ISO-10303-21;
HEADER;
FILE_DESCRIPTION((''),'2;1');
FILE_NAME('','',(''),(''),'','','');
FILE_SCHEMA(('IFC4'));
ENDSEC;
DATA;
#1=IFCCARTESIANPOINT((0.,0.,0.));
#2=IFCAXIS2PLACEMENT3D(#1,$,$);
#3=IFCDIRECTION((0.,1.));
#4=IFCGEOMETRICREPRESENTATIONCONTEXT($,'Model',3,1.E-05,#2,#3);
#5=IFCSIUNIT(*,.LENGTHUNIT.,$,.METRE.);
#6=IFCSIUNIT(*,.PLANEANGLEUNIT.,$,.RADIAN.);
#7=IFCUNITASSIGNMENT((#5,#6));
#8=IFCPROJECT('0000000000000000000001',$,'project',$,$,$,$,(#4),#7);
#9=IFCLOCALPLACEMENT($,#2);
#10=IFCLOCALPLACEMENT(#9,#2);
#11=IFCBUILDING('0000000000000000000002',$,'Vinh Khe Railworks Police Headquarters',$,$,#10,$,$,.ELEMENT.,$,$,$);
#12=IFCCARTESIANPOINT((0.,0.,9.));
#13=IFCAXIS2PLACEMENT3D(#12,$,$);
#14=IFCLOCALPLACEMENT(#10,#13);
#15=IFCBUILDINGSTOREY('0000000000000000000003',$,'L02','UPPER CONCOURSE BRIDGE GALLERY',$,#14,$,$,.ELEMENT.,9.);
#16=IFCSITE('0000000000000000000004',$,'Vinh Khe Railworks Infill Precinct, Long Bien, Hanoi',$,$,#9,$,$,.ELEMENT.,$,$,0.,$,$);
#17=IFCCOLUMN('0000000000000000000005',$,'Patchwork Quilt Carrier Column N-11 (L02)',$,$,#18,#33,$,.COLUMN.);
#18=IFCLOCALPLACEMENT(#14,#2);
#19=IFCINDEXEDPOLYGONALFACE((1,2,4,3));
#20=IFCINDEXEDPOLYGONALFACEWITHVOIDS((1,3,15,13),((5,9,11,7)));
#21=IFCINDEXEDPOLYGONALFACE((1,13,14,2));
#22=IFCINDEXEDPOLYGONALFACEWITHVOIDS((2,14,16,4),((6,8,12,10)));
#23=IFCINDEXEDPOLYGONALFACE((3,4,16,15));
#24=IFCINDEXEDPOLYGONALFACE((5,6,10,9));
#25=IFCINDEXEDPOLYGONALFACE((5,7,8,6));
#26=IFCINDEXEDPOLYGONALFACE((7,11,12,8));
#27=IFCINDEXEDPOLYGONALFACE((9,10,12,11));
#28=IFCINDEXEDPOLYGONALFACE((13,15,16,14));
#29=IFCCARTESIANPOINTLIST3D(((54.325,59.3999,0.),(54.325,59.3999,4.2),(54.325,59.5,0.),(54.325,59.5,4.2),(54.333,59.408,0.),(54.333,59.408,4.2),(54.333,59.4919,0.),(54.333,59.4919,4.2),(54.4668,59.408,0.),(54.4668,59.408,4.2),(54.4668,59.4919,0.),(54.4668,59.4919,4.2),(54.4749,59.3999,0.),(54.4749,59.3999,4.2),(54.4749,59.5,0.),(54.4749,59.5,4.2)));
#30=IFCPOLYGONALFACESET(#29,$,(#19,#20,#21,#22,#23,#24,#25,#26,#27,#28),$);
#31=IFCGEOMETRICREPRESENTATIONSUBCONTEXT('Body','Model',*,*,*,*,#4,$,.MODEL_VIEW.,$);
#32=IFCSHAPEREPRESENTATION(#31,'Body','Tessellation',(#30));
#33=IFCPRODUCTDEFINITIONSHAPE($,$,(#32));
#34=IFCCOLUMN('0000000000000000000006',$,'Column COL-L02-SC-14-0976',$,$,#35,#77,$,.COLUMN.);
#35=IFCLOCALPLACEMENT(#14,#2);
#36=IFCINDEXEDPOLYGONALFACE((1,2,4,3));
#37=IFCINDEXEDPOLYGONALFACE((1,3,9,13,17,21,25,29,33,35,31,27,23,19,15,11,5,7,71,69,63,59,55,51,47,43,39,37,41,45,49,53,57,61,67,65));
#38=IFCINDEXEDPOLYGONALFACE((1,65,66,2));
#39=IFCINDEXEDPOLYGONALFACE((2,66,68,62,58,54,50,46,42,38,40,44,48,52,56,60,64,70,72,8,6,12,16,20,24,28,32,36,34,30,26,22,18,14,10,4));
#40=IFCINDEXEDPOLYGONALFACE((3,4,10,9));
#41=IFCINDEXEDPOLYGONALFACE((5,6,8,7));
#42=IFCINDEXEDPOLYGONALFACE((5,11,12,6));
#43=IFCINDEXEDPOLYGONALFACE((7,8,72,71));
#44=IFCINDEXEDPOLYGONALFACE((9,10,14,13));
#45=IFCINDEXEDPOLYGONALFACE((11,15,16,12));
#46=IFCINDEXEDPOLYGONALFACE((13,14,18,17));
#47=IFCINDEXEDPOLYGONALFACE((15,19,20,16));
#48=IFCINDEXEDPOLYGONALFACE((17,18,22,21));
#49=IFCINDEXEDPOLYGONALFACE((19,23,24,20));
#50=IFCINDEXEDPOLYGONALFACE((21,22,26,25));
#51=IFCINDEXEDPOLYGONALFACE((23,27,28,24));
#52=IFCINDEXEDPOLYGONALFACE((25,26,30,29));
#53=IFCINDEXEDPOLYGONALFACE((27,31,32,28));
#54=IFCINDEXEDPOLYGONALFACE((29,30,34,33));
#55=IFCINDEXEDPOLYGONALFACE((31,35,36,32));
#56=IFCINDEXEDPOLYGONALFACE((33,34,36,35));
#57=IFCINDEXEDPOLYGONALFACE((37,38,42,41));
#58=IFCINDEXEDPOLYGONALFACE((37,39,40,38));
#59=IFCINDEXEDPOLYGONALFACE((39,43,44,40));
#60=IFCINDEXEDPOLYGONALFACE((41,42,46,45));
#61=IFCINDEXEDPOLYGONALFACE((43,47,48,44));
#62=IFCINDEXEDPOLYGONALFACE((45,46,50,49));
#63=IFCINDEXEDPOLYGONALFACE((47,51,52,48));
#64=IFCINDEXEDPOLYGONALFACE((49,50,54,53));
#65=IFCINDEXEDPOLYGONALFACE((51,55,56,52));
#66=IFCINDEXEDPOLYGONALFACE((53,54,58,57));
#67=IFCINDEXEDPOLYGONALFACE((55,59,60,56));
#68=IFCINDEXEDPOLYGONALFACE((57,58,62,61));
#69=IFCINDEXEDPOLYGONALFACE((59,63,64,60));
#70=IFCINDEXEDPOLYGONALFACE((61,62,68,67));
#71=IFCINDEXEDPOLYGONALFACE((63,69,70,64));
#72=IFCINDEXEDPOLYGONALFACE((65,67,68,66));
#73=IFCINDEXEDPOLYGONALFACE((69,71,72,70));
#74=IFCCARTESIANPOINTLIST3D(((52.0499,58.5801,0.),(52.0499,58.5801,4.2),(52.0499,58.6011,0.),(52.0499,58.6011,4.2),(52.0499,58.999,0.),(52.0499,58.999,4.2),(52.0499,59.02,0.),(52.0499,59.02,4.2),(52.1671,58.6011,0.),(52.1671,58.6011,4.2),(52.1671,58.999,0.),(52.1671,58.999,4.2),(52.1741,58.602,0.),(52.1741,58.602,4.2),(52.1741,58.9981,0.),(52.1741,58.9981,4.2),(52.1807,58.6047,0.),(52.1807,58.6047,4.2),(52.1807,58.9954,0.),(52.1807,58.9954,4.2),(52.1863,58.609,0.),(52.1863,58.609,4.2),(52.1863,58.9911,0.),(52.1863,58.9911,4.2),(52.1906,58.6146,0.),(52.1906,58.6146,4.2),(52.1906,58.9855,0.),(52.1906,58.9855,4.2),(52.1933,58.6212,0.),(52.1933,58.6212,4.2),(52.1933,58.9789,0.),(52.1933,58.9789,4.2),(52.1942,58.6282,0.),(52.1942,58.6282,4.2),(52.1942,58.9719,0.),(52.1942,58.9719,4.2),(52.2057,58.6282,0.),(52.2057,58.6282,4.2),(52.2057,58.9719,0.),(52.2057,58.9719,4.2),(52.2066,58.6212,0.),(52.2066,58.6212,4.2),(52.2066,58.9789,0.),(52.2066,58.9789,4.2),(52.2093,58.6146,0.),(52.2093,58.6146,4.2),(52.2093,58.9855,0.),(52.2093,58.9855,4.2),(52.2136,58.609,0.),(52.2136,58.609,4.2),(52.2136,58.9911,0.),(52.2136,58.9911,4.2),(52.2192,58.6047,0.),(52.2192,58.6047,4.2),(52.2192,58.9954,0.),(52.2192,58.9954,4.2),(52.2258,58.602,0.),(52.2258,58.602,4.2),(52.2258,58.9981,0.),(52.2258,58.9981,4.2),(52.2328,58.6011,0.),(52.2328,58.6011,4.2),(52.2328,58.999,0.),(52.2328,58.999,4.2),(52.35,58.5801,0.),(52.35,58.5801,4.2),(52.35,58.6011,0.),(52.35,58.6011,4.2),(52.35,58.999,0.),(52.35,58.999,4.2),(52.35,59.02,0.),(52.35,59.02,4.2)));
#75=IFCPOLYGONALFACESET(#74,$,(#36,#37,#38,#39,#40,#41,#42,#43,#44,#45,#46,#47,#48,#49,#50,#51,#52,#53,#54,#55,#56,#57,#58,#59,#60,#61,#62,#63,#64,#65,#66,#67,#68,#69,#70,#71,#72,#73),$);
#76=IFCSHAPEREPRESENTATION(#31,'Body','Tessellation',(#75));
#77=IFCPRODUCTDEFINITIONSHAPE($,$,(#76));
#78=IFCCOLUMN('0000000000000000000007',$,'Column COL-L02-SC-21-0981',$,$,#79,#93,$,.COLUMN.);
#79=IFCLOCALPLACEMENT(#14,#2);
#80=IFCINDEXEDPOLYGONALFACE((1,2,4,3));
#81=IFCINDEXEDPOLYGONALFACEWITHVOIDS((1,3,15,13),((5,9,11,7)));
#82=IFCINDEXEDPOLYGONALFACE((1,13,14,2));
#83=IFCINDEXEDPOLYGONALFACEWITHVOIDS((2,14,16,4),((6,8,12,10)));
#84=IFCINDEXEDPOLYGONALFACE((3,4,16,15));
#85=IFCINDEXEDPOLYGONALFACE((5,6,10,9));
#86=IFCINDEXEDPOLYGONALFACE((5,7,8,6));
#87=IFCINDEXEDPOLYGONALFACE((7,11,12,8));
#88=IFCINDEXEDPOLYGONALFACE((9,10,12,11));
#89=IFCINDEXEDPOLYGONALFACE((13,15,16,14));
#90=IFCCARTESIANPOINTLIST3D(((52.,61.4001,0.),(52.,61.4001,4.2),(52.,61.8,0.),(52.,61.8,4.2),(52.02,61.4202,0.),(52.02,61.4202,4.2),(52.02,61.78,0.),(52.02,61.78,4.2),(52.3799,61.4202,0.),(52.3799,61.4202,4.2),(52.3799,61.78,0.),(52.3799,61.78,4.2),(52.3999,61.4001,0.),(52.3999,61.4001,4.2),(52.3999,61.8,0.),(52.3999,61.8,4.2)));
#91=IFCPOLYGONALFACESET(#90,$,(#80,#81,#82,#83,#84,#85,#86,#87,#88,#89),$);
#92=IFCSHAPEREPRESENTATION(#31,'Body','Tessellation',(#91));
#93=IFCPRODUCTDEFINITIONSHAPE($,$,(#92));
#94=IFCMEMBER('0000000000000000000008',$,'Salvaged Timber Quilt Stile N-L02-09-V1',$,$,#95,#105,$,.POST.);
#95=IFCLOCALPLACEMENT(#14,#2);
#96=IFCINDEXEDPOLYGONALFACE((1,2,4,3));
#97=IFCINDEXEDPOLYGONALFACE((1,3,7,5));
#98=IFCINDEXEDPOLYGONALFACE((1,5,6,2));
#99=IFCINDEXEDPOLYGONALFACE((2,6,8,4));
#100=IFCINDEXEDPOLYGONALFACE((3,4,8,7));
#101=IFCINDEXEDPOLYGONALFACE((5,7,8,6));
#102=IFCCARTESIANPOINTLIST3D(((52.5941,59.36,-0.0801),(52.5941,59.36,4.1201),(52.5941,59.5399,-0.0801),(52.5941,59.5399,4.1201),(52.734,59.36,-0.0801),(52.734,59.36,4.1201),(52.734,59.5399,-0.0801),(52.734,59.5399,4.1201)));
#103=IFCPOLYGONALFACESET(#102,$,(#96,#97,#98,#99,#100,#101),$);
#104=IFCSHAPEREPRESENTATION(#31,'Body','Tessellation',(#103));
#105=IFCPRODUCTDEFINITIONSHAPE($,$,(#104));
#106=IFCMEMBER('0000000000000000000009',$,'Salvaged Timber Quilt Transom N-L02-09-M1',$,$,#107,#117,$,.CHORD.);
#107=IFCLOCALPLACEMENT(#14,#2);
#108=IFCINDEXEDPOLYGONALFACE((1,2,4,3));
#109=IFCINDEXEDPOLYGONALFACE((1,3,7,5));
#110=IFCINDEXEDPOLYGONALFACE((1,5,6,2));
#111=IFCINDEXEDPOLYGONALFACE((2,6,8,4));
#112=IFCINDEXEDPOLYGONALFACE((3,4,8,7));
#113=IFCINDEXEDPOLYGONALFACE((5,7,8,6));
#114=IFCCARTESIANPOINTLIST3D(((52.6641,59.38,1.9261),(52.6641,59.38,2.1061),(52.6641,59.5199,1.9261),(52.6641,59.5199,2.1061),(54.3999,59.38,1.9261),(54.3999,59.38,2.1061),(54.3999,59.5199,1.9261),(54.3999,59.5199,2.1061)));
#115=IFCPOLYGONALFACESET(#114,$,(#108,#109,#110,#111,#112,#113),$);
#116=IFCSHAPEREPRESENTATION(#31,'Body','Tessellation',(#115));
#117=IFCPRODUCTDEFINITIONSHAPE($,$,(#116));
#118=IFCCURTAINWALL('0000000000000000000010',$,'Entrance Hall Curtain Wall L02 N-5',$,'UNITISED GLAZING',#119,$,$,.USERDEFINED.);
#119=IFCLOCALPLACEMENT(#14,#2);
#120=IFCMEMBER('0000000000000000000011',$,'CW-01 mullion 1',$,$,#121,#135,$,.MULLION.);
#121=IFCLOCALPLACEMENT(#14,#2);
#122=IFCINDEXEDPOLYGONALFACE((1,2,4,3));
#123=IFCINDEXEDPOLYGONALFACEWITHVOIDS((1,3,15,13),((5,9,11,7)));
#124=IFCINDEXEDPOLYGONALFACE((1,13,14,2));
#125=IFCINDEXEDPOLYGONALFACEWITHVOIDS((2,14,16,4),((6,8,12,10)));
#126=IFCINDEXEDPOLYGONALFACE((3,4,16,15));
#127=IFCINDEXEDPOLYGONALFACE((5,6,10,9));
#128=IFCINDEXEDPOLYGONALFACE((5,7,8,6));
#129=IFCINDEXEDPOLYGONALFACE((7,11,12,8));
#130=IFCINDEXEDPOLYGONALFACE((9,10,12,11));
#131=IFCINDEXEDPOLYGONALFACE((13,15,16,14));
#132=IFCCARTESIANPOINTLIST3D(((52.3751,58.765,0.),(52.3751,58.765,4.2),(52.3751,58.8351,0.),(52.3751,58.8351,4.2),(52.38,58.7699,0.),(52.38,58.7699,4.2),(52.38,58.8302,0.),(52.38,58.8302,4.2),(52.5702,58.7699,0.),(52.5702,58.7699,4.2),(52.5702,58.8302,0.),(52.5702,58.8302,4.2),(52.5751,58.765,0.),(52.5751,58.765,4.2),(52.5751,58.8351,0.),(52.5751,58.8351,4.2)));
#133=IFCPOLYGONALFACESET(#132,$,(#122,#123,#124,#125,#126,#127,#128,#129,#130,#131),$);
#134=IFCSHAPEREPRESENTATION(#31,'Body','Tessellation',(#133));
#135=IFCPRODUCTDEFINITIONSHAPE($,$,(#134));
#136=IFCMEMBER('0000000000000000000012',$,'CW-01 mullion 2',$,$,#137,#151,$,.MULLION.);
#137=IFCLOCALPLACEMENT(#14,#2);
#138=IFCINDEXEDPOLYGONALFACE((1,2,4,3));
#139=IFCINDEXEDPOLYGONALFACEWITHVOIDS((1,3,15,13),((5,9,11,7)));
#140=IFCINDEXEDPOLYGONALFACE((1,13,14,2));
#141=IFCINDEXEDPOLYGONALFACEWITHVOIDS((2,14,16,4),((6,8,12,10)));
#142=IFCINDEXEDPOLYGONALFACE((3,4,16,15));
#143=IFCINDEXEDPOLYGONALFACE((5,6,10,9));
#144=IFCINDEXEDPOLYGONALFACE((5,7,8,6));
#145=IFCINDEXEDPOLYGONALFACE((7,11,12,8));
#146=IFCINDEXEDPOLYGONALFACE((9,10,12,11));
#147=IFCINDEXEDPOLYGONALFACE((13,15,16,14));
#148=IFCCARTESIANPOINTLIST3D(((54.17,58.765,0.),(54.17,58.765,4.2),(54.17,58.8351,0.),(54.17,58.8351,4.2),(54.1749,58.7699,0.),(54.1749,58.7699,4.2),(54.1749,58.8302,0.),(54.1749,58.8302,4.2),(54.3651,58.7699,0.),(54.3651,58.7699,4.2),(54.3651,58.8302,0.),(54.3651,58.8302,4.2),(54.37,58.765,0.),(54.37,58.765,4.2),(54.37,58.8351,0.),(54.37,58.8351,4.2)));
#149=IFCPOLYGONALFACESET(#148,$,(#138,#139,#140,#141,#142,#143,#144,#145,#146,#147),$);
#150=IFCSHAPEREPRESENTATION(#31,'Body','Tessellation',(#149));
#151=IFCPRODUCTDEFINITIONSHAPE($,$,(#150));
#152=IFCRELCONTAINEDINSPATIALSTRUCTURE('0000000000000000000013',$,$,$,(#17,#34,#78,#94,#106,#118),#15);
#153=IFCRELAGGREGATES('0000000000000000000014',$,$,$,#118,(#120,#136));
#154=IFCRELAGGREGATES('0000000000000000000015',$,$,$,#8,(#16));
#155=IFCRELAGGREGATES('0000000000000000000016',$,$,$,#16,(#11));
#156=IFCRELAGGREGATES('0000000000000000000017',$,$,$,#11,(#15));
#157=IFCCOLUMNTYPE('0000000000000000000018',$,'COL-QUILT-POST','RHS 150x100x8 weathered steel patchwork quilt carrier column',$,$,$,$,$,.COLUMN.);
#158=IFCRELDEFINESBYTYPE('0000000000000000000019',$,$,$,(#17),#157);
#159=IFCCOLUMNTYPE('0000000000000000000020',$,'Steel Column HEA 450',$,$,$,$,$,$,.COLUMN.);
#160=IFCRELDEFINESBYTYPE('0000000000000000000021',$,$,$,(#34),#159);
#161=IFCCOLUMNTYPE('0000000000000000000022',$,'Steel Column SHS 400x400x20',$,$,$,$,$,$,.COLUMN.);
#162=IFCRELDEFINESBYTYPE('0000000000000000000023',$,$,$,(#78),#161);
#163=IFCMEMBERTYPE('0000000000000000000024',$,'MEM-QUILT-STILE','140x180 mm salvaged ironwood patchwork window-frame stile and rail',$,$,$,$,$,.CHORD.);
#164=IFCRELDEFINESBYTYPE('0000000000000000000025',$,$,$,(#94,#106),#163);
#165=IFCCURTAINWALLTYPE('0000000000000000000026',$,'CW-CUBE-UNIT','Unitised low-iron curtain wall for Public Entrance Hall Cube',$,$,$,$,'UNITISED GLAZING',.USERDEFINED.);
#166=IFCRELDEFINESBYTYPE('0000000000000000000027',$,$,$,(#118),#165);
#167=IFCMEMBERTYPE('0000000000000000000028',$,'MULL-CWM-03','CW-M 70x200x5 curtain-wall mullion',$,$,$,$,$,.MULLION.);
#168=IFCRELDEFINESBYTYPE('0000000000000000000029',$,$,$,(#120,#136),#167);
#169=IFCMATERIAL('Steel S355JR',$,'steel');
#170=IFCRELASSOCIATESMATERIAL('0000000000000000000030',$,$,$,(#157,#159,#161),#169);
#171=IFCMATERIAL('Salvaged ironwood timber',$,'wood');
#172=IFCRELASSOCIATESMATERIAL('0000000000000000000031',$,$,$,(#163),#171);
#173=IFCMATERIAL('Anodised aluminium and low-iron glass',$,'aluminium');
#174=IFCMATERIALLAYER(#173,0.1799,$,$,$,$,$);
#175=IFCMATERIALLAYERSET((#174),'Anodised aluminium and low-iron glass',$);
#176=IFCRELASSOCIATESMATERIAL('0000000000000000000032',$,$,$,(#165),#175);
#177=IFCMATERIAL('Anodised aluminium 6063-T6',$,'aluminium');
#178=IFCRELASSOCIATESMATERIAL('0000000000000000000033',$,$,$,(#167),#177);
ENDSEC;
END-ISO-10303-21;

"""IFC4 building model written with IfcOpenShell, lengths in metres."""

from ifc_helpers import new_model, si_unit, direction, frame, origin, origin_2d, place, context, subcontext, project, spatial, rectangle, hollow_rectangle, i_section, extrude, material, layer, layer_set, material_profile, profile_set, type_object, element, aggregate, save


model = new_model("IFC4")

# Units and contexts
model_context = context("Model", 3, precision=1e-05, world=origin(), true_north=direction((0.0, 1.0)))
body_context = subcontext(model_context, "Body", "Model", "MODEL_VIEW")
ifc_project = project(units=[si_unit("LENGTHUNIT", "METRE"), si_unit("PLANEANGLEUNIT", "RADIAN")], contexts=[model_context])

# Site, building, storey
site_placement = place(None, origin())
site = spatial("IfcSite", under=ifc_project, at=site_placement, Name="Vinh Khe Railworks Infill Precinct, Long Bien, Hanoi", CompositionType="ELEMENT", RefElevation=0.0)
building_placement = place(site_placement, origin())
building = spatial("IfcBuilding", under=site, at=building_placement, Name="Vinh Khe Railworks Police Headquarters", CompositionType="ELEMENT")
storey_placement = place(building_placement, frame((0.0, 0.0, 9.0)))
storey = spatial("IfcBuildingStorey", under=building, at=storey_placement, Name="L02", Description="UPPER CONCOURSE BRIDGE GALLERY", CompositionType="ELEMENT", Elevation=9.0)

# Columns
ifc_material_1 = material(Name="Steel S355JR", Category="steel")
ifc_material_profile_1 = material_profile(ifc_material_1, hollow_rectangle(XDim=0.1499, YDim=0.1001, WallThickness=0.0081, at=origin_2d()), Name="RHS 150x100x8")
ifc_profile_set_1 = profile_set([ifc_material_profile_1], Name="Steel S355JR")
column_type_1 = type_object("IfcColumnType", Name="COL-QUILT-POST", Description="RHS 150x100x8 weathered steel patchwork quilt carrier column", PredefinedType="COLUMN", material=ifc_profile_set_1)
column_1_placement = place(storey_placement, frame((54.3999, 59.45, 0.0), z_axis=(0.0, 0.0, 1.0), x_axis=(1.0, 0.0, 0.0)))
element("IfcColumn", 1, at=column_1_placement, inside=storey, type_object=column_type_1, Name="Patchwork Quilt Carrier Column N-11 (L02)", PredefinedType="COLUMN", context=body_context, shape_type="SweptSolid", body=[
    extrude(hollow_rectangle(XDim=0.1499, YDim=0.1001, WallThickness=0.0081, at=origin_2d()), origin(), (0.0, 0.0, 1.0), 4.2),
])
ifc_material_profile_2 = material_profile(ifc_material_1, i_section(OverallWidth=0.3, OverallDepth=0.4399, WebThickness=0.0115, FlangeThickness=0.021, FilletRadius=0.0271, at=origin_2d()), Name="HEA 450")
ifc_profile_set_2 = profile_set([ifc_material_profile_2], Name="Steel S355JR")
column_type_2 = type_object("IfcColumnType", Name="Steel Column HEA 450", PredefinedType="COLUMN", material=ifc_profile_set_2)
column_2_placement = place(storey_placement, frame((52.2, 58.8, 0.0), z_axis=(0.0, 0.0, 1.0), x_axis=(1.0, 0.0, 0.0)))
element("IfcColumn", 2, at=column_2_placement, inside=storey, type_object=column_type_2, Name="Column COL-L02-SC-14-0976", PredefinedType="COLUMN", context=body_context, shape_type="SweptSolid", body=[
    extrude(i_section(OverallWidth=0.3, OverallDepth=0.4399, WebThickness=0.0115, FlangeThickness=0.021, FilletRadius=0.0271, at=origin_2d()), origin(), (0.0, 0.0, 1.0), 4.2),
])
ifc_material_profile_3 = material_profile(ifc_material_1, hollow_rectangle(XDim=0.3999, YDim=0.3999, WallThickness=0.02, at=origin_2d()), Name="SHS 400x400x20")
ifc_profile_set_3 = profile_set([ifc_material_profile_3], Name="Steel S355JR")
column_type_3 = type_object("IfcColumnType", Name="Steel Column SHS 400x400x20", PredefinedType="COLUMN", material=ifc_profile_set_3)
column_3_placement = place(storey_placement, frame((52.2, 61.6001, 0.0), z_axis=(0.0, 0.0, 1.0), x_axis=(1.0, 0.0, 0.0)))
element("IfcColumn", 3, at=column_3_placement, inside=storey, type_object=column_type_3, Name="Column COL-L02-SC-21-0981", PredefinedType="COLUMN", context=body_context, shape_type="SweptSolid", body=[
    extrude(hollow_rectangle(XDim=0.3999, YDim=0.3999, WallThickness=0.02, at=origin_2d()), origin(), (0.0, 0.0, 1.0), 4.2),
])

# Members
ifc_material_2 = material(Name="Salvaged ironwood timber", Category="wood")
ifc_material_profile_4 = material_profile(ifc_material_2, rectangle(XDim=0.1399, YDim=0.1799, at=origin_2d()), Name="TIMBER 140x180")
ifc_profile_set_4 = profile_set([ifc_material_profile_4], Name="Salvaged ironwood timber")
member_type_1 = type_object("IfcMemberType", Name="MEM-QUILT-STILE", Description="140x180 mm salvaged ironwood patchwork window-frame stile and rail", PredefinedType="CHORD", material=ifc_profile_set_4)
member_1_placement = place(storey_placement, frame((52.6641, 59.45, -0.0801), z_axis=(0.0, 0.0, 1.0), x_axis=(1.0, 0.0, 0.0)))
element("IfcMember", 4, at=member_1_placement, inside=storey, type_object=member_type_1, Name="Salvaged Timber Quilt Stile N-L02-09-V1", PredefinedType="POST", context=body_context, shape_type="SweptSolid", body=[
    extrude(rectangle(XDim=0.1399, YDim=0.1799, at=origin_2d()), origin(), (0.0, 0.0, 1.0), 4.2002),
])
member_2_placement = place(storey_placement, frame((52.6641, 59.45, 2.0161), z_axis=(1.0, 0.0, 0.0), x_axis=(0.0, 1.0, 0.0)))
element("IfcMember", 5, at=member_2_placement, inside=storey, type_object=member_type_1, Name="Salvaged Timber Quilt Transom N-L02-09-M1", PredefinedType="CHORD", context=body_context, shape_type="SweptSolid", body=[
    extrude(rectangle(XDim=0.1399, YDim=0.1799, at=origin_2d()), origin(), (0.0, 0.0, 1.0), 1.7358),
])

# Curtain wall, members
ifc_material_3 = material(Name="Anodised aluminium and low-iron glass", Category="aluminium")
ifc_layer_1 = layer(ifc_material_3, 0.1799)
ifc_layer_set_1 = layer_set([ifc_layer_1], Name="Anodised aluminium and low-iron glass")
curtain_wall_type = type_object("IfcCurtainWallType", Name="CW-CUBE-UNIT", Description="Unitised low-iron curtain wall for Public Entrance Hall Cube", ElementType="UNITISED GLAZING", PredefinedType="USERDEFINED", material=ifc_layer_set_1)
curtain_wall_placement = place(storey_placement, origin())
curtain_wall = element("IfcCurtainWall", 6, at=curtain_wall_placement, inside=storey, type_object=curtain_wall_type, Name="Entrance Hall Curtain Wall L02 N-5", ObjectType="UNITISED GLAZING", PredefinedType="USERDEFINED")
ifc_material_4 = material(Name="Anodised aluminium 6063-T6", Category="aluminium")
ifc_material_profile_5 = material_profile(ifc_material_4, hollow_rectangle(XDim=0.0701, YDim=0.2, WallThickness=0.0049, at=origin_2d()), Name="CW-M 70x200x5")
ifc_profile_set_5 = profile_set([ifc_material_profile_5], Name="Anodised aluminium 6063-T6")
member_type_2 = type_object("IfcMemberType", Name="MULL-CWM-03", Description="CW-M 70x200x5 curtain-wall mullion", PredefinedType="MULLION", material=ifc_profile_set_5)
member_3_placement = place(storey_placement, frame((52.4751, 58.8, 0.0), z_axis=(0.0, 0.0, 1.0), x_axis=(0.0, 1.0, 0.0)))
member_3 = element("IfcMember", 7, at=member_3_placement, type_object=member_type_2, Name="CW-01 mullion 1", PredefinedType="MULLION", context=body_context, shape_type="SweptSolid", body=[
    extrude(hollow_rectangle(XDim=0.0701, YDim=0.2, WallThickness=0.0049, at=origin_2d()), origin(), (0.0, 0.0, 1.0), 4.2),
])
member_4_placement = place(storey_placement, frame((54.27, 58.8, 0.0), z_axis=(0.0, 0.0, 1.0), x_axis=(0.0, 1.0, 0.0)))
member_4 = element("IfcMember", 8, at=member_4_placement, type_object=member_type_2, Name="CW-01 mullion 2", PredefinedType="MULLION", context=body_context, shape_type="SweptSolid", body=[
    extrude(hollow_rectangle(XDim=0.0701, YDim=0.2, WallThickness=0.0049, at=origin_2d()), origin(), (0.0, 0.0, 1.0), 4.2),
])

aggregate(curtain_wall, [member_3, member_4])

save(model, "model.ifc")
